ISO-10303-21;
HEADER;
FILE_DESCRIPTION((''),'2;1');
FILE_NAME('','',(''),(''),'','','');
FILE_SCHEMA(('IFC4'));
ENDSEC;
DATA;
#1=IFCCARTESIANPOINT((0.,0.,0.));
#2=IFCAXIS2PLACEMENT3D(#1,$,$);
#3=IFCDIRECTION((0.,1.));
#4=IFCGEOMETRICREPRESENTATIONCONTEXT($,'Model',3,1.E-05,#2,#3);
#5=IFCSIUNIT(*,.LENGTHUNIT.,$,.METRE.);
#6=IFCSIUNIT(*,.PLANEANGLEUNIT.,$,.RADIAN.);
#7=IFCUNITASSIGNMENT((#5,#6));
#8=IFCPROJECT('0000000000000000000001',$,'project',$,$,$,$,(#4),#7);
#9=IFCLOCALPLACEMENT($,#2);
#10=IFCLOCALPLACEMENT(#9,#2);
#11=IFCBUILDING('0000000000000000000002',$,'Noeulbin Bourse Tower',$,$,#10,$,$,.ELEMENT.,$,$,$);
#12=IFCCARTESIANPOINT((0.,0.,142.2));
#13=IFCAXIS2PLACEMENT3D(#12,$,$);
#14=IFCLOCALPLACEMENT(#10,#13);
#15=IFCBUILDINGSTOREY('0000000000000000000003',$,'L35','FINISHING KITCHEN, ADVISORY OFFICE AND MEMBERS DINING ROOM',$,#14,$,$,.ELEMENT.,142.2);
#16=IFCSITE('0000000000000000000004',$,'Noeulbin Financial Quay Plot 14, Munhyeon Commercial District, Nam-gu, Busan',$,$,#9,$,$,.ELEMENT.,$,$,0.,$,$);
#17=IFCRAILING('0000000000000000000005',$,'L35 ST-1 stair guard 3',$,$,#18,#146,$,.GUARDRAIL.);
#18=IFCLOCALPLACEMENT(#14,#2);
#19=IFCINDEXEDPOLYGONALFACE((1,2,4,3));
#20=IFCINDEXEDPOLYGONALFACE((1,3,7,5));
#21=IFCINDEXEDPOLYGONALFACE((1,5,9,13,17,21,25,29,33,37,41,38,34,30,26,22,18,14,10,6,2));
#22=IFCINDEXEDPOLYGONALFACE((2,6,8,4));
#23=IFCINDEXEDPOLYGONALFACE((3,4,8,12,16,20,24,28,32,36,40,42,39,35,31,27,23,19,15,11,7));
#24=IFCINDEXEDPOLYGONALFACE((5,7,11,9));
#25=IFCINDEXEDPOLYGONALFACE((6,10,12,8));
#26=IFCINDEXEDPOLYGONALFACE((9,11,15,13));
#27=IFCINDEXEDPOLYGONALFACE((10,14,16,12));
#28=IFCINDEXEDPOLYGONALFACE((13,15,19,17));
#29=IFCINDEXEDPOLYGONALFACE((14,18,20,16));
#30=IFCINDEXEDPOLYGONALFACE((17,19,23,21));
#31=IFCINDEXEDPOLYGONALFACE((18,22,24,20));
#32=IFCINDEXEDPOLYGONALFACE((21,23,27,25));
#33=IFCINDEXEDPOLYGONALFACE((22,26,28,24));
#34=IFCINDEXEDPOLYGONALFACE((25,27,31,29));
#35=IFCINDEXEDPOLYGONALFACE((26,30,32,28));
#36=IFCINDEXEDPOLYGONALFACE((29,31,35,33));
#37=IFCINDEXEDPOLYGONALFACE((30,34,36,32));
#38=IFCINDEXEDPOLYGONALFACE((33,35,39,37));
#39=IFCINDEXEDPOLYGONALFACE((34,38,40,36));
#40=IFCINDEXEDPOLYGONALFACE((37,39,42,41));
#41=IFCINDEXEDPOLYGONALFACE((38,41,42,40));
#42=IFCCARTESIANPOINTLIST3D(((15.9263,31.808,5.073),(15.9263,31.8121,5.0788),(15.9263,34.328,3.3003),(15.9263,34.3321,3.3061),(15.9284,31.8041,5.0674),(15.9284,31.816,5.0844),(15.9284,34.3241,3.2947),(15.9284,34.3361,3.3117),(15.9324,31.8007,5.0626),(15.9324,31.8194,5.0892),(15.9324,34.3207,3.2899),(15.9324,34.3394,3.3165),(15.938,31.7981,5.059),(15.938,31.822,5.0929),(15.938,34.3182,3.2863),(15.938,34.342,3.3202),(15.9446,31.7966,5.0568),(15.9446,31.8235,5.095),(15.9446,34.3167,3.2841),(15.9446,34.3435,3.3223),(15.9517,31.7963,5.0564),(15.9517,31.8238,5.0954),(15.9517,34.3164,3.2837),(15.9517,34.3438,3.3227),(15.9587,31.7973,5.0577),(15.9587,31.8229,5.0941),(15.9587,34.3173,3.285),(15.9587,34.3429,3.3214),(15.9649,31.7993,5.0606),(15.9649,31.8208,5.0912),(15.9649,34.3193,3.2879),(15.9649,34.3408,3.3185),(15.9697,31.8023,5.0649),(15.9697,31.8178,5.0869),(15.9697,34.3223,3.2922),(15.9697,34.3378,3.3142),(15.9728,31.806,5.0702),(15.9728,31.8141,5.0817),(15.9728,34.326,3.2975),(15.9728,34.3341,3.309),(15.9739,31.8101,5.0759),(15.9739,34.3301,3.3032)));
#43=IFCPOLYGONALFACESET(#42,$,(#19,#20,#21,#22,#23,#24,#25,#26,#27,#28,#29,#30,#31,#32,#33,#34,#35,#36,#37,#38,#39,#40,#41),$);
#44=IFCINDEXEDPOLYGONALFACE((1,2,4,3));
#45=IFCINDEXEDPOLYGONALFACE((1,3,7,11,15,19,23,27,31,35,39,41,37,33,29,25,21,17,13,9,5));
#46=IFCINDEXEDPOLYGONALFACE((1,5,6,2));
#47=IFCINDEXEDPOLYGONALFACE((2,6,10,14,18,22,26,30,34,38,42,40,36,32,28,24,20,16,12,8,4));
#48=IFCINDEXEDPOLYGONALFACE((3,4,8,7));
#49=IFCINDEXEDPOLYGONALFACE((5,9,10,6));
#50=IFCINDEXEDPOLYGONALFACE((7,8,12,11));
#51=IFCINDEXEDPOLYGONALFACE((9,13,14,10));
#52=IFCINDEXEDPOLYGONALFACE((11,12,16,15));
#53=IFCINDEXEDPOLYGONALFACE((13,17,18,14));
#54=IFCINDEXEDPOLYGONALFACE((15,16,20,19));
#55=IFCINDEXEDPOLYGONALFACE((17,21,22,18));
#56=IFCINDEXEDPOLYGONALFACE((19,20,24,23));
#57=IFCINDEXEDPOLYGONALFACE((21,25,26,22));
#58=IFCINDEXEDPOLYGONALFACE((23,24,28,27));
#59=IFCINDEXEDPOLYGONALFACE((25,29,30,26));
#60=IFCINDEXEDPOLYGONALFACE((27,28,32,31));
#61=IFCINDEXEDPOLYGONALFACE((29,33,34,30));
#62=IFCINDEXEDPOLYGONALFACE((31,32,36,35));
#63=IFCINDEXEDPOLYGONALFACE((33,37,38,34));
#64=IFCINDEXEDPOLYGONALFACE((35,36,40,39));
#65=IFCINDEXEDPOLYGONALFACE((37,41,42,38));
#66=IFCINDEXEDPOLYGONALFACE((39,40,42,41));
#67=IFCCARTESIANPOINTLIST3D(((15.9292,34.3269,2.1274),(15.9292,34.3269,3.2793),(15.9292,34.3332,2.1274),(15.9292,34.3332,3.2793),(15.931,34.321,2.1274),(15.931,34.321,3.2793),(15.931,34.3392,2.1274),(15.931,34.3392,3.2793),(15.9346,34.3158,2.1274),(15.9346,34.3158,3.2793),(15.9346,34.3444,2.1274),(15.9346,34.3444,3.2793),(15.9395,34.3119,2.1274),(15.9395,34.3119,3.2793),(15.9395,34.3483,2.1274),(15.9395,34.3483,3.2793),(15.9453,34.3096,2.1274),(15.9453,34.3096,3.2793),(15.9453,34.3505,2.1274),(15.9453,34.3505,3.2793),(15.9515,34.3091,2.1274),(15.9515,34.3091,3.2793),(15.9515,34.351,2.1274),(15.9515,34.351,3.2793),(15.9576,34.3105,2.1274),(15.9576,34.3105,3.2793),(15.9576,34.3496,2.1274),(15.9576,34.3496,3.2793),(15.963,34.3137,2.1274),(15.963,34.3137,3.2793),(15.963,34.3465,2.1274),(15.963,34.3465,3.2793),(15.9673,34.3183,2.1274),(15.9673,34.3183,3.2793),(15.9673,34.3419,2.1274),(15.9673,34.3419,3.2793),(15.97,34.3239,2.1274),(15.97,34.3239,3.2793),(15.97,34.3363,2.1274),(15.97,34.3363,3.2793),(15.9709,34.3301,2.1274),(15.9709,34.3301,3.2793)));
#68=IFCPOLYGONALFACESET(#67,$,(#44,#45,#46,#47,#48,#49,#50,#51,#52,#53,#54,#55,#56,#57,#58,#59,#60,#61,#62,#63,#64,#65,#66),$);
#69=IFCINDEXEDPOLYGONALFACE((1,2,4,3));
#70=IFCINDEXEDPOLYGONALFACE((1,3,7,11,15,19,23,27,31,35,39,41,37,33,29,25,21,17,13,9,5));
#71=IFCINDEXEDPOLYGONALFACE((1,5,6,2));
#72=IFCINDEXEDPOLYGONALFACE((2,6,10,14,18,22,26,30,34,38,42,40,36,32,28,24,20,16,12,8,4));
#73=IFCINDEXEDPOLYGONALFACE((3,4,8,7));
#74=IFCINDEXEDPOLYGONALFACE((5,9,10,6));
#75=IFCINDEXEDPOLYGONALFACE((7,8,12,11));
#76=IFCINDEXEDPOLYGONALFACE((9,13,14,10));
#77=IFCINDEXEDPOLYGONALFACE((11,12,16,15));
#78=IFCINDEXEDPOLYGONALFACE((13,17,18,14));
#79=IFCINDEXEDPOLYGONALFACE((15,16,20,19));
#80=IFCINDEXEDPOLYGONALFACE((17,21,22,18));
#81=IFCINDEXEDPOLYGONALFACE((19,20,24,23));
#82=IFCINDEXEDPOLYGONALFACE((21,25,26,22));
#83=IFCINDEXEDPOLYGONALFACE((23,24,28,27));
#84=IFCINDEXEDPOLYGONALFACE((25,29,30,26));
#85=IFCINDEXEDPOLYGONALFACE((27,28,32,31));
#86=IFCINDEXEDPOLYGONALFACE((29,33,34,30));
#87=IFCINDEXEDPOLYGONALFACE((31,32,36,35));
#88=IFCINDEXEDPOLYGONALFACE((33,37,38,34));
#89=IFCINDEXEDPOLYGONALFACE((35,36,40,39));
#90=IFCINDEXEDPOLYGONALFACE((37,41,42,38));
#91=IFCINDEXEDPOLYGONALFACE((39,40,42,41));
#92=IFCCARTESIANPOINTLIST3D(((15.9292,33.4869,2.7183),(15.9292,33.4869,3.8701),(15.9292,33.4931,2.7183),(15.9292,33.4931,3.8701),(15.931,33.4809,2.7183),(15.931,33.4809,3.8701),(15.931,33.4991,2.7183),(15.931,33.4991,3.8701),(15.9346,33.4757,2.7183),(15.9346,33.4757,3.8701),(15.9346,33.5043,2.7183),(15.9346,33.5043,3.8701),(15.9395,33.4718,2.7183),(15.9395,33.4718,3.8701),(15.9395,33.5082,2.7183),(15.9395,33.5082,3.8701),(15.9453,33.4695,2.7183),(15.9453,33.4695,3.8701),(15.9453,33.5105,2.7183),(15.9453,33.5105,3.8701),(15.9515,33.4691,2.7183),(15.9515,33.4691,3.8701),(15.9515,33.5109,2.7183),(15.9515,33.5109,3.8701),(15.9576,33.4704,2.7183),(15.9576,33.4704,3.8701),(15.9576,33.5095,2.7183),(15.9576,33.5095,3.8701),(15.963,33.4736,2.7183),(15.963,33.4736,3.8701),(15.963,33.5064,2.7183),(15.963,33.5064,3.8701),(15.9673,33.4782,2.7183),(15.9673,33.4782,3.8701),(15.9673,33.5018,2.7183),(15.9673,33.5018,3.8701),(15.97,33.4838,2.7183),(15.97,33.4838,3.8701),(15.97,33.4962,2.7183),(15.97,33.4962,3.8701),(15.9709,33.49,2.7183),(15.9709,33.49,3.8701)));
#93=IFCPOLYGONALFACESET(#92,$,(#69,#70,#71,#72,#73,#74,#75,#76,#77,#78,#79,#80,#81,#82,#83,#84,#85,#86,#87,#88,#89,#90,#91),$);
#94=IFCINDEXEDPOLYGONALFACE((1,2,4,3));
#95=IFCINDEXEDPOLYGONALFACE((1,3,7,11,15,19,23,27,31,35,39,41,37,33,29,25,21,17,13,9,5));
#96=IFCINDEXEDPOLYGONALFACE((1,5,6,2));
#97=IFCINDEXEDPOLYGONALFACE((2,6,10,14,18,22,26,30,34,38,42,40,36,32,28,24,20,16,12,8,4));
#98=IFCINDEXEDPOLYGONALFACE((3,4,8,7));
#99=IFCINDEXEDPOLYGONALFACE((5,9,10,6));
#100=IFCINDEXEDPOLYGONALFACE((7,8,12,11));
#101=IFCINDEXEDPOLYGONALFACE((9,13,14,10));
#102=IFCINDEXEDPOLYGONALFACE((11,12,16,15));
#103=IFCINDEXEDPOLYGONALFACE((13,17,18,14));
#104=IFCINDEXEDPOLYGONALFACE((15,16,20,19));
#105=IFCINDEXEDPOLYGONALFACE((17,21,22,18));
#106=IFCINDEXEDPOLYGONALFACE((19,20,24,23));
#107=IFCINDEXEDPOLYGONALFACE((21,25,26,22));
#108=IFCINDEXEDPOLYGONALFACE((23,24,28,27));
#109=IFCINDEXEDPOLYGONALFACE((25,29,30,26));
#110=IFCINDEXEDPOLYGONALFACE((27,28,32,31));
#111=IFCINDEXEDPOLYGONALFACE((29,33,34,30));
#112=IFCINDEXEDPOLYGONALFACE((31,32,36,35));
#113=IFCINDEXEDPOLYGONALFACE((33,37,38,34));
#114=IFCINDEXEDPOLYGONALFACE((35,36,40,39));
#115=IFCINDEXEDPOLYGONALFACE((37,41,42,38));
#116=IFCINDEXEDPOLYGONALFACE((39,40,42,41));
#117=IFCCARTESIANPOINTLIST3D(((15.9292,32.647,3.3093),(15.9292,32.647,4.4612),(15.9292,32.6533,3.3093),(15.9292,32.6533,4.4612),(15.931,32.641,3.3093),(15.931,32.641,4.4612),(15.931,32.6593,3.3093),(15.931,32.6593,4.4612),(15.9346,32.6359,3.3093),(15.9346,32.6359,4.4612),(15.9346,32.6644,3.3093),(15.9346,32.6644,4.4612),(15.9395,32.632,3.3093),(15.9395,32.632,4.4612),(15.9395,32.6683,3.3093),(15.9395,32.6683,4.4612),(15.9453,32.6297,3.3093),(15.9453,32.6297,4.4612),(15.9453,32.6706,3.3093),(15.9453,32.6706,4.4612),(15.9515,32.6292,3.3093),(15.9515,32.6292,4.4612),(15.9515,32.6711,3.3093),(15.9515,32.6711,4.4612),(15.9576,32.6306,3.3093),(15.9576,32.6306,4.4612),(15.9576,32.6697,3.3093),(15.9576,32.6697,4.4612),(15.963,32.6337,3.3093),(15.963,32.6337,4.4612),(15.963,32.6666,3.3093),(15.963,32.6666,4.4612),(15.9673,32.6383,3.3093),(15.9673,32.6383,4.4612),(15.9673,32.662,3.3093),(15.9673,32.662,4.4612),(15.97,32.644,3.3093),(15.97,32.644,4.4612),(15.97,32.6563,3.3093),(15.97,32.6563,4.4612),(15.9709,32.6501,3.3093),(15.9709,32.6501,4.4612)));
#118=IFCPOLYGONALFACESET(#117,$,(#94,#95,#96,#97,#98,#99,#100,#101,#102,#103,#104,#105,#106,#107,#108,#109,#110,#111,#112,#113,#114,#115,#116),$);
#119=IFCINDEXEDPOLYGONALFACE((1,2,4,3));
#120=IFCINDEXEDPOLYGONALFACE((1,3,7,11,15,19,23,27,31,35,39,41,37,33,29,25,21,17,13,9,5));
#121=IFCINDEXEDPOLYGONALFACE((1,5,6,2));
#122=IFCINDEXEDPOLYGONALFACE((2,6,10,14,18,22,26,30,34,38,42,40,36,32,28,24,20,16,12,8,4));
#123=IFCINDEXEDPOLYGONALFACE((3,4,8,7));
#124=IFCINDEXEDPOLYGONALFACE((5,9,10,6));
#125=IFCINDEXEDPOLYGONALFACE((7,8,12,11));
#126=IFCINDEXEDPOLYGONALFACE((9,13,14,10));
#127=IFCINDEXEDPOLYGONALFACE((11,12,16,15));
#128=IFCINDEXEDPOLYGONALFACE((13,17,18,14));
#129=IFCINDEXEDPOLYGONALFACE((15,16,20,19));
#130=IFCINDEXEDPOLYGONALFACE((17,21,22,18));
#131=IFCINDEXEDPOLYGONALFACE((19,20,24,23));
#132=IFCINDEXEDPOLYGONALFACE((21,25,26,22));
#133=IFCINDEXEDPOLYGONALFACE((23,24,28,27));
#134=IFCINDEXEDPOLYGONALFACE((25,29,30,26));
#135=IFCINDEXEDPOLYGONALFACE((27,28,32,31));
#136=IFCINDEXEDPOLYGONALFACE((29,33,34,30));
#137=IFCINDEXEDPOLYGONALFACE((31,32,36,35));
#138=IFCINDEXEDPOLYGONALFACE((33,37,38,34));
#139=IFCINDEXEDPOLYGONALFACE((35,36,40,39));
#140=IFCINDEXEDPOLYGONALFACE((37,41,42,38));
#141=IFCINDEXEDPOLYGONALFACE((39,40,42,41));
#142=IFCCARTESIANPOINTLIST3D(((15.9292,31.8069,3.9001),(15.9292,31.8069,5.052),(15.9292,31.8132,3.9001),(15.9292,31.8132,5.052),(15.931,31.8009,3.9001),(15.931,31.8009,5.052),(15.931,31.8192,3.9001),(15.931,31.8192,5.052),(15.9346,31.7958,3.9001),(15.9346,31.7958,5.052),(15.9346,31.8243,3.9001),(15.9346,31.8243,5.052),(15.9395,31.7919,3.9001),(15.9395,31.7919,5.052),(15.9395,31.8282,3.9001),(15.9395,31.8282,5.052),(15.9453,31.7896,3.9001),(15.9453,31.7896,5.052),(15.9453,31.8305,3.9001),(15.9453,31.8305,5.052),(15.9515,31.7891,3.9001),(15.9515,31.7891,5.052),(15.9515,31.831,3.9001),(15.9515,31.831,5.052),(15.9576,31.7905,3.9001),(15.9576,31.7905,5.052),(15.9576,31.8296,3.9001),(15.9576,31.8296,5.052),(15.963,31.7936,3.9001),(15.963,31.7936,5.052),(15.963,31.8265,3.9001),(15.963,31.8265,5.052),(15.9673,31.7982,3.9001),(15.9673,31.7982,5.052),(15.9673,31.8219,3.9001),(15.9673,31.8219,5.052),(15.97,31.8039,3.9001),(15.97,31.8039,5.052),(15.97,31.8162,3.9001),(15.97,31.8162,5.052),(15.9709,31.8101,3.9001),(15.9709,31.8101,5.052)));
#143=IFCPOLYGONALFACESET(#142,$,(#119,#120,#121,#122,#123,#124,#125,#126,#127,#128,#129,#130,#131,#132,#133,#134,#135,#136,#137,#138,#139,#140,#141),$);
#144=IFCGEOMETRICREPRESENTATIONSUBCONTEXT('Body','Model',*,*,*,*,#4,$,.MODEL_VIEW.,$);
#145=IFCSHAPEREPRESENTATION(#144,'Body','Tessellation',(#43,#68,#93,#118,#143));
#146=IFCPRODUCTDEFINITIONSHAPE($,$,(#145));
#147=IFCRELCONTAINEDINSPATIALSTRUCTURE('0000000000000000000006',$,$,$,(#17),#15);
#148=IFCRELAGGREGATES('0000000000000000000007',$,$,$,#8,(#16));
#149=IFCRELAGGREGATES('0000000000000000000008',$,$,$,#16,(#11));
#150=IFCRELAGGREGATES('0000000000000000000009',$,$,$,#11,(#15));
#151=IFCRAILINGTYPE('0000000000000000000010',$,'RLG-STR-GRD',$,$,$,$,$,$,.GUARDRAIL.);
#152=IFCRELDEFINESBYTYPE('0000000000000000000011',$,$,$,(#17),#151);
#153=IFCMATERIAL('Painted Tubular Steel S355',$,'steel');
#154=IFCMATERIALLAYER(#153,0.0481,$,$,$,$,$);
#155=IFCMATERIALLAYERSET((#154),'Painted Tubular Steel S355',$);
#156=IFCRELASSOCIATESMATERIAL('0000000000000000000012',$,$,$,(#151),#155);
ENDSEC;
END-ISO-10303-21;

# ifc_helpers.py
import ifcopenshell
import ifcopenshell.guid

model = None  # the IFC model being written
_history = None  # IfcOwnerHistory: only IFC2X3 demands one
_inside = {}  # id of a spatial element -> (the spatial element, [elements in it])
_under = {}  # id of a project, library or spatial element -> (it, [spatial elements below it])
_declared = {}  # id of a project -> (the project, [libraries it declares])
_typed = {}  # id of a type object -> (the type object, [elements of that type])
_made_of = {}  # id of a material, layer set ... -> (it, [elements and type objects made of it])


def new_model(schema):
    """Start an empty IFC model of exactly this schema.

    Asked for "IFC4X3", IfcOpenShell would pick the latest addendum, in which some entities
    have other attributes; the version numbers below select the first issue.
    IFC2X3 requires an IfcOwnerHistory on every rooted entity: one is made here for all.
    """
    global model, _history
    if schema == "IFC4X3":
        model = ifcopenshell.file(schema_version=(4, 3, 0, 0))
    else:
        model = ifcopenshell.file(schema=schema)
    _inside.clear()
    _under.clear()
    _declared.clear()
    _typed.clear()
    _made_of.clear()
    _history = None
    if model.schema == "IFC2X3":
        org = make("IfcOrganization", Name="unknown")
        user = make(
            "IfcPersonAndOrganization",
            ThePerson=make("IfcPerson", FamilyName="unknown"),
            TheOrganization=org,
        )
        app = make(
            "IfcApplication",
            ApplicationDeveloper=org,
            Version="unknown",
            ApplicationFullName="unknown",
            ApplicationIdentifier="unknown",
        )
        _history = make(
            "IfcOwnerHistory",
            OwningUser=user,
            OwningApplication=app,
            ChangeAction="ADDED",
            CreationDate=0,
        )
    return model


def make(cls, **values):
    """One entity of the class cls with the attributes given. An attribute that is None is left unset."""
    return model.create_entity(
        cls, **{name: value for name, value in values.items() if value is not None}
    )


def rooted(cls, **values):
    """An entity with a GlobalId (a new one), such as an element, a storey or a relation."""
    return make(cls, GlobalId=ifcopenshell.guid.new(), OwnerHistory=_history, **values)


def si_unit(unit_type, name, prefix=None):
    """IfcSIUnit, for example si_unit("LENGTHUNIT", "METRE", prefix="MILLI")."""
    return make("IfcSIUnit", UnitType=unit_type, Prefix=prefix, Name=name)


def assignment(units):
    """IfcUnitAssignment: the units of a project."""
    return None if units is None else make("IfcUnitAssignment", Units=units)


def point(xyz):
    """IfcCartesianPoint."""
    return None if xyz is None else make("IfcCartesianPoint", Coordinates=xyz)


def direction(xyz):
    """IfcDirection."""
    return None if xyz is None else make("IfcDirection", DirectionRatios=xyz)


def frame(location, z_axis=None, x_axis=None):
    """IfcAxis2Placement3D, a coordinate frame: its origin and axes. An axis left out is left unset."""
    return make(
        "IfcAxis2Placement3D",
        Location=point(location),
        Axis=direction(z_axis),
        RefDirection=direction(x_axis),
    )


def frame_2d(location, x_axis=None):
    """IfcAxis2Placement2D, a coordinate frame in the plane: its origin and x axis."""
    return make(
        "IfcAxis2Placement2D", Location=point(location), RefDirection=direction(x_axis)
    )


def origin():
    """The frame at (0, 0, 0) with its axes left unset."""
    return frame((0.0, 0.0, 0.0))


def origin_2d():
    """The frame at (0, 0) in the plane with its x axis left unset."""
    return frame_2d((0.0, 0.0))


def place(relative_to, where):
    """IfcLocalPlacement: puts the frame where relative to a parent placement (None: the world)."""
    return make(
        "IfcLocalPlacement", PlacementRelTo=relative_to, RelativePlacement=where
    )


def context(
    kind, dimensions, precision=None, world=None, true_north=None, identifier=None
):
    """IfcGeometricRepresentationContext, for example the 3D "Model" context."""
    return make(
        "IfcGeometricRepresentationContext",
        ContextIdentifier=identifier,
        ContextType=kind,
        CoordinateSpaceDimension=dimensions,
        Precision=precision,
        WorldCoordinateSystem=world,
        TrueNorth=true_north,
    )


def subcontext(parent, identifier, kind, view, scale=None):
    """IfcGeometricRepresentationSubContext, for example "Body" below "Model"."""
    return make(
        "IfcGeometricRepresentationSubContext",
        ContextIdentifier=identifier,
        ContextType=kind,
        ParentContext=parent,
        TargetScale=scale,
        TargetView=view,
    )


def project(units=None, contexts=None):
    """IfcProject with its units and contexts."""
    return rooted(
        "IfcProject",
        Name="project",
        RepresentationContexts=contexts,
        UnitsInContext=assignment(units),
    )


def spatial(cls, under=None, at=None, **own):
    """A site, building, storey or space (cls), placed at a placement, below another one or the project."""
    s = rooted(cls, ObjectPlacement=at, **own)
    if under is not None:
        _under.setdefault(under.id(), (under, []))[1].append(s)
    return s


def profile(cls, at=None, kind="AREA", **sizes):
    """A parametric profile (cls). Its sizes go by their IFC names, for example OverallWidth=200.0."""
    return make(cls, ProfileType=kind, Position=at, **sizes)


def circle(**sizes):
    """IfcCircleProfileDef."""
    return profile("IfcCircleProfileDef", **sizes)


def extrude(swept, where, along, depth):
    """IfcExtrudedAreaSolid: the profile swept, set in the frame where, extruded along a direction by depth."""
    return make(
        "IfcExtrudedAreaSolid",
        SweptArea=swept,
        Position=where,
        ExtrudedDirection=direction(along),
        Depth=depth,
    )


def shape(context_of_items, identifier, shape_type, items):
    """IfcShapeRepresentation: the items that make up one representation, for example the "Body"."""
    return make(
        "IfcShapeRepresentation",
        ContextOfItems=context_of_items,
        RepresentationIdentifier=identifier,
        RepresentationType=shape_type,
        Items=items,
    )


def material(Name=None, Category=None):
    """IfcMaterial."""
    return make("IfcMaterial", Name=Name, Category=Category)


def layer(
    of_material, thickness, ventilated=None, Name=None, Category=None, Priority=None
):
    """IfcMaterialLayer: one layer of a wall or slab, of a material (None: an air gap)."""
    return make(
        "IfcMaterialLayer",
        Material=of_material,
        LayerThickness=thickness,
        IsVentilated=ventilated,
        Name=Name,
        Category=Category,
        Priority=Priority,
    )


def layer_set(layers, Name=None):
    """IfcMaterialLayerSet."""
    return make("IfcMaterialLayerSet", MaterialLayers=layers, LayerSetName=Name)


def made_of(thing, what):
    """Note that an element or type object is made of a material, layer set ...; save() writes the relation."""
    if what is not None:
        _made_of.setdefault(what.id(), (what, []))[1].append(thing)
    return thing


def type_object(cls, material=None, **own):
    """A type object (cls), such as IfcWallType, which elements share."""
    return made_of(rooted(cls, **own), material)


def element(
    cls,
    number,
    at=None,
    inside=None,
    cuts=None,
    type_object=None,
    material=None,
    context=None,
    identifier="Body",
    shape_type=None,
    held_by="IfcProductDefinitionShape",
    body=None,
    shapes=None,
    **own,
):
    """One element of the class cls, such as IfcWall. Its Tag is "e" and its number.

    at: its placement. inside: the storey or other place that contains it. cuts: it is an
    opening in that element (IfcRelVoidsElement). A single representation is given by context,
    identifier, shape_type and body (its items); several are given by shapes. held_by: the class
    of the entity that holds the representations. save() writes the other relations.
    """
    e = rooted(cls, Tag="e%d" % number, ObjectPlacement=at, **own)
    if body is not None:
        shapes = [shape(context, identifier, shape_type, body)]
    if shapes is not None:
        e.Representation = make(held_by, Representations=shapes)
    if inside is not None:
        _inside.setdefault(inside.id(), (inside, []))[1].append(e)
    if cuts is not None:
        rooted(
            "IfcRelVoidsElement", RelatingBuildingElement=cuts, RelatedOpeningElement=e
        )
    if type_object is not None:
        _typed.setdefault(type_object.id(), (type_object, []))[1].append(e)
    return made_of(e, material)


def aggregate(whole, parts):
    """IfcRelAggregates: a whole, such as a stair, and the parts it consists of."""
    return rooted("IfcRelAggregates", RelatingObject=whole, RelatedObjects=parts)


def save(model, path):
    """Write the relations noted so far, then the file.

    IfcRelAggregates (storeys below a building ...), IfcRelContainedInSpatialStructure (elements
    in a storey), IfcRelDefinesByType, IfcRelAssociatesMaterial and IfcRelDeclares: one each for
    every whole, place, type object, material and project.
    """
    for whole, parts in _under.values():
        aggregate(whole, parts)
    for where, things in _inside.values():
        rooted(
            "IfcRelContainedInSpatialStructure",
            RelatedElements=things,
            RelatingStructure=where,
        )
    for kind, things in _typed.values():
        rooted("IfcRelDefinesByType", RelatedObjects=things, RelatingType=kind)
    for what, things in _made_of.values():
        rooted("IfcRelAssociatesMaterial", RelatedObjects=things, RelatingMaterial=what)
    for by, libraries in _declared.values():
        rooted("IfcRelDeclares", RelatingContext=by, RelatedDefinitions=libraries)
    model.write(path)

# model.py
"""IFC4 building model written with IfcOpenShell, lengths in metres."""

from ifc_helpers import new_model, si_unit, direction, frame, origin, origin_2d, place, context, subcontext, project, spatial, circle, extrude, material, layer, layer_set, type_object, element, save


model = new_model("IFC4")

# Units and contexts
model_context = context("Model", 3, precision=1e-05, world=origin(), true_north=direction((0.0, 1.0)))
body_context = subcontext(model_context, "Body", "Model", "MODEL_VIEW")
ifc_project = project(units=[si_unit("LENGTHUNIT", "METRE"), si_unit("PLANEANGLEUNIT", "RADIAN")], contexts=[model_context])

# Site, building, storey
site_placement = place(None, origin())
site = spatial("IfcSite", under=ifc_project, at=site_placement, Name="Noeulbin Financial Quay Plot 14, Munhyeon Commercial District, Nam-gu, Busan", CompositionType="ELEMENT", RefElevation=0.0)
building_placement = place(site_placement, origin())
building = spatial("IfcBuilding", under=site, at=building_placement, Name="Noeulbin Bourse Tower", CompositionType="ELEMENT")
storey_placement = place(building_placement, frame((0.0, 0.0, 142.2)))
storey = spatial("IfcBuildingStorey", under=building, at=storey_placement, Name="L35", Description="FINISHING KITCHEN, ADVISORY OFFICE AND MEMBERS DINING ROOM", CompositionType="ELEMENT", Elevation=142.2)

# Railing
ifc_material_1 = material(Name="Painted Tubular Steel S355", Category="steel")
ifc_layer_1 = layer(ifc_material_1, 0.0481)
ifc_layer_set_1 = layer_set([ifc_layer_1], Name="Painted Tubular Steel S355")
railing_type_1 = type_object("IfcRailingType", Name="RLG-STR-GRD", PredefinedType="GUARDRAIL", material=ifc_layer_set_1)
railing_1_placement = place(storey_placement, frame((15.95, 34.3301, 2.1274)))
element("IfcRailing", 1, at=railing_1_placement, inside=storey, type_object=railing_type_1, Name="L35 ST-1 stair guard 3", PredefinedType="GUARDRAIL", context=body_context, shape_type="SweptSolid", body=[
    extrude(circle(Radius=0.0239, at=origin_2d()), frame((0.0, 0.0, 1.1758), z_axis=(0.0, -0.817904, 0.575354), x_axis=(1.0, 0.0, 0.0)), (0.0, 0.0, 1.0), 3.0811),
    extrude(circle(Radius=0.021, at=origin_2d()), origin(), (0.0, 0.0, 1.0), 1.1519),
    extrude(circle(Radius=0.021, at=origin_2d()), frame((0.0, -0.8401, 0.5908)), (0.0, 0.0, 1.0), 1.1519),
    extrude(circle(Radius=0.021, at=origin_2d()), frame((0.0, -1.6799, 1.1819)), (0.0, 0.0, 1.0), 1.1519),
    extrude(circle(Radius=0.021, at=origin_2d()), frame((0.0, -2.52, 1.7727)), (0.0, 0.0, 1.0), 1.1519),
])

save(model, "model.ifc")
